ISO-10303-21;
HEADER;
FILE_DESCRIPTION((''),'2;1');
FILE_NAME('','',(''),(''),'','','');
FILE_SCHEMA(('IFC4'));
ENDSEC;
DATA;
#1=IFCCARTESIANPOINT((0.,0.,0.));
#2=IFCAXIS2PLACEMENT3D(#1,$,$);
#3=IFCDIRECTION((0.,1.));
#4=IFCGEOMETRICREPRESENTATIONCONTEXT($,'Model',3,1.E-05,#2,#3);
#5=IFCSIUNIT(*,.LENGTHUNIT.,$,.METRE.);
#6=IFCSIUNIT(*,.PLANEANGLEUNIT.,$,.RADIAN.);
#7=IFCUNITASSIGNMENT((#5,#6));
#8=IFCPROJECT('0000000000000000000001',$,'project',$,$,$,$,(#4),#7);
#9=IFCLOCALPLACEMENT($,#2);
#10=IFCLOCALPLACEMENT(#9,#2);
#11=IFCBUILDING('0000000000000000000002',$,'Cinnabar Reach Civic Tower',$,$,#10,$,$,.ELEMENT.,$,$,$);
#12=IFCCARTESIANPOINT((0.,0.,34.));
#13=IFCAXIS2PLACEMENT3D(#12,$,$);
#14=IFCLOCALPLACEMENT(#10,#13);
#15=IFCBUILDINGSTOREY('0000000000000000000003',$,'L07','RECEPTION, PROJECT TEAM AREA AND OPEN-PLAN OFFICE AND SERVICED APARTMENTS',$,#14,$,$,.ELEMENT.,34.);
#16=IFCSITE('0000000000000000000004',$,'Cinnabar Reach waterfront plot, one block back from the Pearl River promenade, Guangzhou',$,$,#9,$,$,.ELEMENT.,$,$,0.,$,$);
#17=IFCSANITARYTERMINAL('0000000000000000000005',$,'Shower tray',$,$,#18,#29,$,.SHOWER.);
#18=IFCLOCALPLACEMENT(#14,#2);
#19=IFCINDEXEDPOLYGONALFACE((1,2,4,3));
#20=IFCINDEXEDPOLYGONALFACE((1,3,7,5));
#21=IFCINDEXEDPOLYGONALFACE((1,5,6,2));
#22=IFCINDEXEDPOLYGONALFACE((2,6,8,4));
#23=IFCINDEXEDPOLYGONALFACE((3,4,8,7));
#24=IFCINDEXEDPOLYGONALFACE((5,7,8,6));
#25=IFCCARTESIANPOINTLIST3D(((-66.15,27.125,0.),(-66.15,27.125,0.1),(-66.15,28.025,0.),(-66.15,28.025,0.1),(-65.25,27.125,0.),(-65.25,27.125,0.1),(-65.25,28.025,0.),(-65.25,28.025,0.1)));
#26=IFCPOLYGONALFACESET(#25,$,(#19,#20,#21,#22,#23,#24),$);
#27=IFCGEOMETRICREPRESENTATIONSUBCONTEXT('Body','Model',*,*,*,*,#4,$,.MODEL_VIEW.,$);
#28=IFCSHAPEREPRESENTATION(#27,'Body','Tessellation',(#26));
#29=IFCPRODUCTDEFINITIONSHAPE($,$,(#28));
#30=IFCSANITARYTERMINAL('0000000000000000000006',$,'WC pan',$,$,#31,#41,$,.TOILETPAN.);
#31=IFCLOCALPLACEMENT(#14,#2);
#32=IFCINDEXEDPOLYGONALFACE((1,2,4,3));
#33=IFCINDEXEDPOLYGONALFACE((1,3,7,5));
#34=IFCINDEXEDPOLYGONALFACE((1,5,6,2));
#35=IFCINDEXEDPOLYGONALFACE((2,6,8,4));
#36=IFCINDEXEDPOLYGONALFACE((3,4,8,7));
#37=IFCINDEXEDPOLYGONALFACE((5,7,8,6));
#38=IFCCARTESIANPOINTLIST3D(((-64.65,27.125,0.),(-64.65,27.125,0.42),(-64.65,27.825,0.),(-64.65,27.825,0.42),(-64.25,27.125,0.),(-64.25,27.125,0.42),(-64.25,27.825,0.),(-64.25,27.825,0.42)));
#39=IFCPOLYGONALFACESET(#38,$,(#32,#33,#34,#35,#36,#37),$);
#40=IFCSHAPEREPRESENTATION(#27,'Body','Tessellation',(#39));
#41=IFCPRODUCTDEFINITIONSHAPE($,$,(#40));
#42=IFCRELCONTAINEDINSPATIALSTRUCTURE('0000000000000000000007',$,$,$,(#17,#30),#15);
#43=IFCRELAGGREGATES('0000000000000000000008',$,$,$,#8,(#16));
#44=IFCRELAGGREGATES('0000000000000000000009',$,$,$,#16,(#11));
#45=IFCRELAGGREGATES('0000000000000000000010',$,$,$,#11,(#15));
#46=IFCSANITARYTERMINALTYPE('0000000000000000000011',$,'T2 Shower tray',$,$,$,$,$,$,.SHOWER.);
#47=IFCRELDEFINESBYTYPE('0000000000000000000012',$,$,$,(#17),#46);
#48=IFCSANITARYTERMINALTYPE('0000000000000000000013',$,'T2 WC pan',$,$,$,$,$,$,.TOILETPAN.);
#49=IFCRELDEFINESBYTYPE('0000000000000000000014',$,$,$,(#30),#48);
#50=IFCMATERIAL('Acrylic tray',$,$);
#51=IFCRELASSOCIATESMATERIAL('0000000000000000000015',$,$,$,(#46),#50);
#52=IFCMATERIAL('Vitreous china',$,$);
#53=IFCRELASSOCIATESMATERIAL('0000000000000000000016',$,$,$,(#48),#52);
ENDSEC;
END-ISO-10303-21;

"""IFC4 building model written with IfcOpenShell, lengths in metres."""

from ifc_helpers import new_model, si_unit, direction, frame, origin, origin_2d, place, context, subcontext, project, spatial, rectangle, extrude, material, type_object, element, save


model = new_model("IFC4")

# Units and contexts
model_context = context("Model", 3, precision=1e-05, world=origin(), true_north=direction((0.0, 1.0)))
body_context = subcontext(model_context, "Body", "Model", "MODEL_VIEW")
ifc_project = project(units=[si_unit("LENGTHUNIT", "METRE"), si_unit("PLANEANGLEUNIT", "RADIAN")], contexts=[model_context])

# Site, building, storey
site_placement = place(None, origin())
site = spatial("IfcSite", under=ifc_project, at=site_placement, Name="Cinnabar Reach waterfront plot, one block back from the Pearl River promenade, Guangzhou", CompositionType="ELEMENT", RefElevation=0.0)
building_placement = place(site_placement, origin())
building = spatial("IfcBuilding", under=site, at=building_placement, Name="Cinnabar Reach Civic Tower", CompositionType="ELEMENT")
storey_placement = place(building_placement, frame((0.0, 0.0, 34.0)))
storey = spatial("IfcBuildingStorey", under=building, at=storey_placement, Name="L07", Description="RECEPTION, PROJECT TEAM AREA AND OPEN-PLAN OFFICE AND SERVICED APARTMENTS", CompositionType="ELEMENT", Elevation=34.0)

# Sanitary terminals
ifc_material_1 = material(Name="Acrylic tray")
sanitary_terminal_type_1 = type_object("IfcSanitaryTerminalType", Name="T2 Shower tray", PredefinedType="SHOWER", material=ifc_material_1)
sanitary_terminal_1_placement = place(storey_placement, frame((-65.7, 27.575, 0.0), z_axis=(0.0, 0.0, 1.0), x_axis=(1.0, 0.0, 0.0)))
element("IfcSanitaryTerminal", 1, at=sanitary_terminal_1_placement, inside=storey, type_object=sanitary_terminal_type_1, Name="Shower tray", PredefinedType="SHOWER", context=body_context, shape_type="SweptSolid", body=[
    extrude(rectangle(XDim=0.9, YDim=0.9, at=origin_2d()), origin(), (0.0, 0.0, 1.0), 0.1),
])
ifc_material_2 = material(Name="Vitreous china")
sanitary_terminal_type_2 = type_object("IfcSanitaryTerminalType", Name="T2 WC pan", PredefinedType="TOILETPAN", material=ifc_material_2)
sanitary_terminal_2_placement = place(storey_placement, frame((-64.45, 27.475, 0.0), z_axis=(0.0, 0.0, 1.0), x_axis=(1.0, 0.0, 0.0)))
element("IfcSanitaryTerminal", 2, at=sanitary_terminal_2_placement, inside=storey, type_object=sanitary_terminal_type_2, Name="WC pan", PredefinedType="TOILETPAN", context=body_context, shape_type="SweptSolid", body=[
    extrude(rectangle(XDim=0.4, YDim=0.7, at=origin_2d()), origin(), (0.0, 0.0, 1.0), 0.42),
])

save(model, "model.ifc")
